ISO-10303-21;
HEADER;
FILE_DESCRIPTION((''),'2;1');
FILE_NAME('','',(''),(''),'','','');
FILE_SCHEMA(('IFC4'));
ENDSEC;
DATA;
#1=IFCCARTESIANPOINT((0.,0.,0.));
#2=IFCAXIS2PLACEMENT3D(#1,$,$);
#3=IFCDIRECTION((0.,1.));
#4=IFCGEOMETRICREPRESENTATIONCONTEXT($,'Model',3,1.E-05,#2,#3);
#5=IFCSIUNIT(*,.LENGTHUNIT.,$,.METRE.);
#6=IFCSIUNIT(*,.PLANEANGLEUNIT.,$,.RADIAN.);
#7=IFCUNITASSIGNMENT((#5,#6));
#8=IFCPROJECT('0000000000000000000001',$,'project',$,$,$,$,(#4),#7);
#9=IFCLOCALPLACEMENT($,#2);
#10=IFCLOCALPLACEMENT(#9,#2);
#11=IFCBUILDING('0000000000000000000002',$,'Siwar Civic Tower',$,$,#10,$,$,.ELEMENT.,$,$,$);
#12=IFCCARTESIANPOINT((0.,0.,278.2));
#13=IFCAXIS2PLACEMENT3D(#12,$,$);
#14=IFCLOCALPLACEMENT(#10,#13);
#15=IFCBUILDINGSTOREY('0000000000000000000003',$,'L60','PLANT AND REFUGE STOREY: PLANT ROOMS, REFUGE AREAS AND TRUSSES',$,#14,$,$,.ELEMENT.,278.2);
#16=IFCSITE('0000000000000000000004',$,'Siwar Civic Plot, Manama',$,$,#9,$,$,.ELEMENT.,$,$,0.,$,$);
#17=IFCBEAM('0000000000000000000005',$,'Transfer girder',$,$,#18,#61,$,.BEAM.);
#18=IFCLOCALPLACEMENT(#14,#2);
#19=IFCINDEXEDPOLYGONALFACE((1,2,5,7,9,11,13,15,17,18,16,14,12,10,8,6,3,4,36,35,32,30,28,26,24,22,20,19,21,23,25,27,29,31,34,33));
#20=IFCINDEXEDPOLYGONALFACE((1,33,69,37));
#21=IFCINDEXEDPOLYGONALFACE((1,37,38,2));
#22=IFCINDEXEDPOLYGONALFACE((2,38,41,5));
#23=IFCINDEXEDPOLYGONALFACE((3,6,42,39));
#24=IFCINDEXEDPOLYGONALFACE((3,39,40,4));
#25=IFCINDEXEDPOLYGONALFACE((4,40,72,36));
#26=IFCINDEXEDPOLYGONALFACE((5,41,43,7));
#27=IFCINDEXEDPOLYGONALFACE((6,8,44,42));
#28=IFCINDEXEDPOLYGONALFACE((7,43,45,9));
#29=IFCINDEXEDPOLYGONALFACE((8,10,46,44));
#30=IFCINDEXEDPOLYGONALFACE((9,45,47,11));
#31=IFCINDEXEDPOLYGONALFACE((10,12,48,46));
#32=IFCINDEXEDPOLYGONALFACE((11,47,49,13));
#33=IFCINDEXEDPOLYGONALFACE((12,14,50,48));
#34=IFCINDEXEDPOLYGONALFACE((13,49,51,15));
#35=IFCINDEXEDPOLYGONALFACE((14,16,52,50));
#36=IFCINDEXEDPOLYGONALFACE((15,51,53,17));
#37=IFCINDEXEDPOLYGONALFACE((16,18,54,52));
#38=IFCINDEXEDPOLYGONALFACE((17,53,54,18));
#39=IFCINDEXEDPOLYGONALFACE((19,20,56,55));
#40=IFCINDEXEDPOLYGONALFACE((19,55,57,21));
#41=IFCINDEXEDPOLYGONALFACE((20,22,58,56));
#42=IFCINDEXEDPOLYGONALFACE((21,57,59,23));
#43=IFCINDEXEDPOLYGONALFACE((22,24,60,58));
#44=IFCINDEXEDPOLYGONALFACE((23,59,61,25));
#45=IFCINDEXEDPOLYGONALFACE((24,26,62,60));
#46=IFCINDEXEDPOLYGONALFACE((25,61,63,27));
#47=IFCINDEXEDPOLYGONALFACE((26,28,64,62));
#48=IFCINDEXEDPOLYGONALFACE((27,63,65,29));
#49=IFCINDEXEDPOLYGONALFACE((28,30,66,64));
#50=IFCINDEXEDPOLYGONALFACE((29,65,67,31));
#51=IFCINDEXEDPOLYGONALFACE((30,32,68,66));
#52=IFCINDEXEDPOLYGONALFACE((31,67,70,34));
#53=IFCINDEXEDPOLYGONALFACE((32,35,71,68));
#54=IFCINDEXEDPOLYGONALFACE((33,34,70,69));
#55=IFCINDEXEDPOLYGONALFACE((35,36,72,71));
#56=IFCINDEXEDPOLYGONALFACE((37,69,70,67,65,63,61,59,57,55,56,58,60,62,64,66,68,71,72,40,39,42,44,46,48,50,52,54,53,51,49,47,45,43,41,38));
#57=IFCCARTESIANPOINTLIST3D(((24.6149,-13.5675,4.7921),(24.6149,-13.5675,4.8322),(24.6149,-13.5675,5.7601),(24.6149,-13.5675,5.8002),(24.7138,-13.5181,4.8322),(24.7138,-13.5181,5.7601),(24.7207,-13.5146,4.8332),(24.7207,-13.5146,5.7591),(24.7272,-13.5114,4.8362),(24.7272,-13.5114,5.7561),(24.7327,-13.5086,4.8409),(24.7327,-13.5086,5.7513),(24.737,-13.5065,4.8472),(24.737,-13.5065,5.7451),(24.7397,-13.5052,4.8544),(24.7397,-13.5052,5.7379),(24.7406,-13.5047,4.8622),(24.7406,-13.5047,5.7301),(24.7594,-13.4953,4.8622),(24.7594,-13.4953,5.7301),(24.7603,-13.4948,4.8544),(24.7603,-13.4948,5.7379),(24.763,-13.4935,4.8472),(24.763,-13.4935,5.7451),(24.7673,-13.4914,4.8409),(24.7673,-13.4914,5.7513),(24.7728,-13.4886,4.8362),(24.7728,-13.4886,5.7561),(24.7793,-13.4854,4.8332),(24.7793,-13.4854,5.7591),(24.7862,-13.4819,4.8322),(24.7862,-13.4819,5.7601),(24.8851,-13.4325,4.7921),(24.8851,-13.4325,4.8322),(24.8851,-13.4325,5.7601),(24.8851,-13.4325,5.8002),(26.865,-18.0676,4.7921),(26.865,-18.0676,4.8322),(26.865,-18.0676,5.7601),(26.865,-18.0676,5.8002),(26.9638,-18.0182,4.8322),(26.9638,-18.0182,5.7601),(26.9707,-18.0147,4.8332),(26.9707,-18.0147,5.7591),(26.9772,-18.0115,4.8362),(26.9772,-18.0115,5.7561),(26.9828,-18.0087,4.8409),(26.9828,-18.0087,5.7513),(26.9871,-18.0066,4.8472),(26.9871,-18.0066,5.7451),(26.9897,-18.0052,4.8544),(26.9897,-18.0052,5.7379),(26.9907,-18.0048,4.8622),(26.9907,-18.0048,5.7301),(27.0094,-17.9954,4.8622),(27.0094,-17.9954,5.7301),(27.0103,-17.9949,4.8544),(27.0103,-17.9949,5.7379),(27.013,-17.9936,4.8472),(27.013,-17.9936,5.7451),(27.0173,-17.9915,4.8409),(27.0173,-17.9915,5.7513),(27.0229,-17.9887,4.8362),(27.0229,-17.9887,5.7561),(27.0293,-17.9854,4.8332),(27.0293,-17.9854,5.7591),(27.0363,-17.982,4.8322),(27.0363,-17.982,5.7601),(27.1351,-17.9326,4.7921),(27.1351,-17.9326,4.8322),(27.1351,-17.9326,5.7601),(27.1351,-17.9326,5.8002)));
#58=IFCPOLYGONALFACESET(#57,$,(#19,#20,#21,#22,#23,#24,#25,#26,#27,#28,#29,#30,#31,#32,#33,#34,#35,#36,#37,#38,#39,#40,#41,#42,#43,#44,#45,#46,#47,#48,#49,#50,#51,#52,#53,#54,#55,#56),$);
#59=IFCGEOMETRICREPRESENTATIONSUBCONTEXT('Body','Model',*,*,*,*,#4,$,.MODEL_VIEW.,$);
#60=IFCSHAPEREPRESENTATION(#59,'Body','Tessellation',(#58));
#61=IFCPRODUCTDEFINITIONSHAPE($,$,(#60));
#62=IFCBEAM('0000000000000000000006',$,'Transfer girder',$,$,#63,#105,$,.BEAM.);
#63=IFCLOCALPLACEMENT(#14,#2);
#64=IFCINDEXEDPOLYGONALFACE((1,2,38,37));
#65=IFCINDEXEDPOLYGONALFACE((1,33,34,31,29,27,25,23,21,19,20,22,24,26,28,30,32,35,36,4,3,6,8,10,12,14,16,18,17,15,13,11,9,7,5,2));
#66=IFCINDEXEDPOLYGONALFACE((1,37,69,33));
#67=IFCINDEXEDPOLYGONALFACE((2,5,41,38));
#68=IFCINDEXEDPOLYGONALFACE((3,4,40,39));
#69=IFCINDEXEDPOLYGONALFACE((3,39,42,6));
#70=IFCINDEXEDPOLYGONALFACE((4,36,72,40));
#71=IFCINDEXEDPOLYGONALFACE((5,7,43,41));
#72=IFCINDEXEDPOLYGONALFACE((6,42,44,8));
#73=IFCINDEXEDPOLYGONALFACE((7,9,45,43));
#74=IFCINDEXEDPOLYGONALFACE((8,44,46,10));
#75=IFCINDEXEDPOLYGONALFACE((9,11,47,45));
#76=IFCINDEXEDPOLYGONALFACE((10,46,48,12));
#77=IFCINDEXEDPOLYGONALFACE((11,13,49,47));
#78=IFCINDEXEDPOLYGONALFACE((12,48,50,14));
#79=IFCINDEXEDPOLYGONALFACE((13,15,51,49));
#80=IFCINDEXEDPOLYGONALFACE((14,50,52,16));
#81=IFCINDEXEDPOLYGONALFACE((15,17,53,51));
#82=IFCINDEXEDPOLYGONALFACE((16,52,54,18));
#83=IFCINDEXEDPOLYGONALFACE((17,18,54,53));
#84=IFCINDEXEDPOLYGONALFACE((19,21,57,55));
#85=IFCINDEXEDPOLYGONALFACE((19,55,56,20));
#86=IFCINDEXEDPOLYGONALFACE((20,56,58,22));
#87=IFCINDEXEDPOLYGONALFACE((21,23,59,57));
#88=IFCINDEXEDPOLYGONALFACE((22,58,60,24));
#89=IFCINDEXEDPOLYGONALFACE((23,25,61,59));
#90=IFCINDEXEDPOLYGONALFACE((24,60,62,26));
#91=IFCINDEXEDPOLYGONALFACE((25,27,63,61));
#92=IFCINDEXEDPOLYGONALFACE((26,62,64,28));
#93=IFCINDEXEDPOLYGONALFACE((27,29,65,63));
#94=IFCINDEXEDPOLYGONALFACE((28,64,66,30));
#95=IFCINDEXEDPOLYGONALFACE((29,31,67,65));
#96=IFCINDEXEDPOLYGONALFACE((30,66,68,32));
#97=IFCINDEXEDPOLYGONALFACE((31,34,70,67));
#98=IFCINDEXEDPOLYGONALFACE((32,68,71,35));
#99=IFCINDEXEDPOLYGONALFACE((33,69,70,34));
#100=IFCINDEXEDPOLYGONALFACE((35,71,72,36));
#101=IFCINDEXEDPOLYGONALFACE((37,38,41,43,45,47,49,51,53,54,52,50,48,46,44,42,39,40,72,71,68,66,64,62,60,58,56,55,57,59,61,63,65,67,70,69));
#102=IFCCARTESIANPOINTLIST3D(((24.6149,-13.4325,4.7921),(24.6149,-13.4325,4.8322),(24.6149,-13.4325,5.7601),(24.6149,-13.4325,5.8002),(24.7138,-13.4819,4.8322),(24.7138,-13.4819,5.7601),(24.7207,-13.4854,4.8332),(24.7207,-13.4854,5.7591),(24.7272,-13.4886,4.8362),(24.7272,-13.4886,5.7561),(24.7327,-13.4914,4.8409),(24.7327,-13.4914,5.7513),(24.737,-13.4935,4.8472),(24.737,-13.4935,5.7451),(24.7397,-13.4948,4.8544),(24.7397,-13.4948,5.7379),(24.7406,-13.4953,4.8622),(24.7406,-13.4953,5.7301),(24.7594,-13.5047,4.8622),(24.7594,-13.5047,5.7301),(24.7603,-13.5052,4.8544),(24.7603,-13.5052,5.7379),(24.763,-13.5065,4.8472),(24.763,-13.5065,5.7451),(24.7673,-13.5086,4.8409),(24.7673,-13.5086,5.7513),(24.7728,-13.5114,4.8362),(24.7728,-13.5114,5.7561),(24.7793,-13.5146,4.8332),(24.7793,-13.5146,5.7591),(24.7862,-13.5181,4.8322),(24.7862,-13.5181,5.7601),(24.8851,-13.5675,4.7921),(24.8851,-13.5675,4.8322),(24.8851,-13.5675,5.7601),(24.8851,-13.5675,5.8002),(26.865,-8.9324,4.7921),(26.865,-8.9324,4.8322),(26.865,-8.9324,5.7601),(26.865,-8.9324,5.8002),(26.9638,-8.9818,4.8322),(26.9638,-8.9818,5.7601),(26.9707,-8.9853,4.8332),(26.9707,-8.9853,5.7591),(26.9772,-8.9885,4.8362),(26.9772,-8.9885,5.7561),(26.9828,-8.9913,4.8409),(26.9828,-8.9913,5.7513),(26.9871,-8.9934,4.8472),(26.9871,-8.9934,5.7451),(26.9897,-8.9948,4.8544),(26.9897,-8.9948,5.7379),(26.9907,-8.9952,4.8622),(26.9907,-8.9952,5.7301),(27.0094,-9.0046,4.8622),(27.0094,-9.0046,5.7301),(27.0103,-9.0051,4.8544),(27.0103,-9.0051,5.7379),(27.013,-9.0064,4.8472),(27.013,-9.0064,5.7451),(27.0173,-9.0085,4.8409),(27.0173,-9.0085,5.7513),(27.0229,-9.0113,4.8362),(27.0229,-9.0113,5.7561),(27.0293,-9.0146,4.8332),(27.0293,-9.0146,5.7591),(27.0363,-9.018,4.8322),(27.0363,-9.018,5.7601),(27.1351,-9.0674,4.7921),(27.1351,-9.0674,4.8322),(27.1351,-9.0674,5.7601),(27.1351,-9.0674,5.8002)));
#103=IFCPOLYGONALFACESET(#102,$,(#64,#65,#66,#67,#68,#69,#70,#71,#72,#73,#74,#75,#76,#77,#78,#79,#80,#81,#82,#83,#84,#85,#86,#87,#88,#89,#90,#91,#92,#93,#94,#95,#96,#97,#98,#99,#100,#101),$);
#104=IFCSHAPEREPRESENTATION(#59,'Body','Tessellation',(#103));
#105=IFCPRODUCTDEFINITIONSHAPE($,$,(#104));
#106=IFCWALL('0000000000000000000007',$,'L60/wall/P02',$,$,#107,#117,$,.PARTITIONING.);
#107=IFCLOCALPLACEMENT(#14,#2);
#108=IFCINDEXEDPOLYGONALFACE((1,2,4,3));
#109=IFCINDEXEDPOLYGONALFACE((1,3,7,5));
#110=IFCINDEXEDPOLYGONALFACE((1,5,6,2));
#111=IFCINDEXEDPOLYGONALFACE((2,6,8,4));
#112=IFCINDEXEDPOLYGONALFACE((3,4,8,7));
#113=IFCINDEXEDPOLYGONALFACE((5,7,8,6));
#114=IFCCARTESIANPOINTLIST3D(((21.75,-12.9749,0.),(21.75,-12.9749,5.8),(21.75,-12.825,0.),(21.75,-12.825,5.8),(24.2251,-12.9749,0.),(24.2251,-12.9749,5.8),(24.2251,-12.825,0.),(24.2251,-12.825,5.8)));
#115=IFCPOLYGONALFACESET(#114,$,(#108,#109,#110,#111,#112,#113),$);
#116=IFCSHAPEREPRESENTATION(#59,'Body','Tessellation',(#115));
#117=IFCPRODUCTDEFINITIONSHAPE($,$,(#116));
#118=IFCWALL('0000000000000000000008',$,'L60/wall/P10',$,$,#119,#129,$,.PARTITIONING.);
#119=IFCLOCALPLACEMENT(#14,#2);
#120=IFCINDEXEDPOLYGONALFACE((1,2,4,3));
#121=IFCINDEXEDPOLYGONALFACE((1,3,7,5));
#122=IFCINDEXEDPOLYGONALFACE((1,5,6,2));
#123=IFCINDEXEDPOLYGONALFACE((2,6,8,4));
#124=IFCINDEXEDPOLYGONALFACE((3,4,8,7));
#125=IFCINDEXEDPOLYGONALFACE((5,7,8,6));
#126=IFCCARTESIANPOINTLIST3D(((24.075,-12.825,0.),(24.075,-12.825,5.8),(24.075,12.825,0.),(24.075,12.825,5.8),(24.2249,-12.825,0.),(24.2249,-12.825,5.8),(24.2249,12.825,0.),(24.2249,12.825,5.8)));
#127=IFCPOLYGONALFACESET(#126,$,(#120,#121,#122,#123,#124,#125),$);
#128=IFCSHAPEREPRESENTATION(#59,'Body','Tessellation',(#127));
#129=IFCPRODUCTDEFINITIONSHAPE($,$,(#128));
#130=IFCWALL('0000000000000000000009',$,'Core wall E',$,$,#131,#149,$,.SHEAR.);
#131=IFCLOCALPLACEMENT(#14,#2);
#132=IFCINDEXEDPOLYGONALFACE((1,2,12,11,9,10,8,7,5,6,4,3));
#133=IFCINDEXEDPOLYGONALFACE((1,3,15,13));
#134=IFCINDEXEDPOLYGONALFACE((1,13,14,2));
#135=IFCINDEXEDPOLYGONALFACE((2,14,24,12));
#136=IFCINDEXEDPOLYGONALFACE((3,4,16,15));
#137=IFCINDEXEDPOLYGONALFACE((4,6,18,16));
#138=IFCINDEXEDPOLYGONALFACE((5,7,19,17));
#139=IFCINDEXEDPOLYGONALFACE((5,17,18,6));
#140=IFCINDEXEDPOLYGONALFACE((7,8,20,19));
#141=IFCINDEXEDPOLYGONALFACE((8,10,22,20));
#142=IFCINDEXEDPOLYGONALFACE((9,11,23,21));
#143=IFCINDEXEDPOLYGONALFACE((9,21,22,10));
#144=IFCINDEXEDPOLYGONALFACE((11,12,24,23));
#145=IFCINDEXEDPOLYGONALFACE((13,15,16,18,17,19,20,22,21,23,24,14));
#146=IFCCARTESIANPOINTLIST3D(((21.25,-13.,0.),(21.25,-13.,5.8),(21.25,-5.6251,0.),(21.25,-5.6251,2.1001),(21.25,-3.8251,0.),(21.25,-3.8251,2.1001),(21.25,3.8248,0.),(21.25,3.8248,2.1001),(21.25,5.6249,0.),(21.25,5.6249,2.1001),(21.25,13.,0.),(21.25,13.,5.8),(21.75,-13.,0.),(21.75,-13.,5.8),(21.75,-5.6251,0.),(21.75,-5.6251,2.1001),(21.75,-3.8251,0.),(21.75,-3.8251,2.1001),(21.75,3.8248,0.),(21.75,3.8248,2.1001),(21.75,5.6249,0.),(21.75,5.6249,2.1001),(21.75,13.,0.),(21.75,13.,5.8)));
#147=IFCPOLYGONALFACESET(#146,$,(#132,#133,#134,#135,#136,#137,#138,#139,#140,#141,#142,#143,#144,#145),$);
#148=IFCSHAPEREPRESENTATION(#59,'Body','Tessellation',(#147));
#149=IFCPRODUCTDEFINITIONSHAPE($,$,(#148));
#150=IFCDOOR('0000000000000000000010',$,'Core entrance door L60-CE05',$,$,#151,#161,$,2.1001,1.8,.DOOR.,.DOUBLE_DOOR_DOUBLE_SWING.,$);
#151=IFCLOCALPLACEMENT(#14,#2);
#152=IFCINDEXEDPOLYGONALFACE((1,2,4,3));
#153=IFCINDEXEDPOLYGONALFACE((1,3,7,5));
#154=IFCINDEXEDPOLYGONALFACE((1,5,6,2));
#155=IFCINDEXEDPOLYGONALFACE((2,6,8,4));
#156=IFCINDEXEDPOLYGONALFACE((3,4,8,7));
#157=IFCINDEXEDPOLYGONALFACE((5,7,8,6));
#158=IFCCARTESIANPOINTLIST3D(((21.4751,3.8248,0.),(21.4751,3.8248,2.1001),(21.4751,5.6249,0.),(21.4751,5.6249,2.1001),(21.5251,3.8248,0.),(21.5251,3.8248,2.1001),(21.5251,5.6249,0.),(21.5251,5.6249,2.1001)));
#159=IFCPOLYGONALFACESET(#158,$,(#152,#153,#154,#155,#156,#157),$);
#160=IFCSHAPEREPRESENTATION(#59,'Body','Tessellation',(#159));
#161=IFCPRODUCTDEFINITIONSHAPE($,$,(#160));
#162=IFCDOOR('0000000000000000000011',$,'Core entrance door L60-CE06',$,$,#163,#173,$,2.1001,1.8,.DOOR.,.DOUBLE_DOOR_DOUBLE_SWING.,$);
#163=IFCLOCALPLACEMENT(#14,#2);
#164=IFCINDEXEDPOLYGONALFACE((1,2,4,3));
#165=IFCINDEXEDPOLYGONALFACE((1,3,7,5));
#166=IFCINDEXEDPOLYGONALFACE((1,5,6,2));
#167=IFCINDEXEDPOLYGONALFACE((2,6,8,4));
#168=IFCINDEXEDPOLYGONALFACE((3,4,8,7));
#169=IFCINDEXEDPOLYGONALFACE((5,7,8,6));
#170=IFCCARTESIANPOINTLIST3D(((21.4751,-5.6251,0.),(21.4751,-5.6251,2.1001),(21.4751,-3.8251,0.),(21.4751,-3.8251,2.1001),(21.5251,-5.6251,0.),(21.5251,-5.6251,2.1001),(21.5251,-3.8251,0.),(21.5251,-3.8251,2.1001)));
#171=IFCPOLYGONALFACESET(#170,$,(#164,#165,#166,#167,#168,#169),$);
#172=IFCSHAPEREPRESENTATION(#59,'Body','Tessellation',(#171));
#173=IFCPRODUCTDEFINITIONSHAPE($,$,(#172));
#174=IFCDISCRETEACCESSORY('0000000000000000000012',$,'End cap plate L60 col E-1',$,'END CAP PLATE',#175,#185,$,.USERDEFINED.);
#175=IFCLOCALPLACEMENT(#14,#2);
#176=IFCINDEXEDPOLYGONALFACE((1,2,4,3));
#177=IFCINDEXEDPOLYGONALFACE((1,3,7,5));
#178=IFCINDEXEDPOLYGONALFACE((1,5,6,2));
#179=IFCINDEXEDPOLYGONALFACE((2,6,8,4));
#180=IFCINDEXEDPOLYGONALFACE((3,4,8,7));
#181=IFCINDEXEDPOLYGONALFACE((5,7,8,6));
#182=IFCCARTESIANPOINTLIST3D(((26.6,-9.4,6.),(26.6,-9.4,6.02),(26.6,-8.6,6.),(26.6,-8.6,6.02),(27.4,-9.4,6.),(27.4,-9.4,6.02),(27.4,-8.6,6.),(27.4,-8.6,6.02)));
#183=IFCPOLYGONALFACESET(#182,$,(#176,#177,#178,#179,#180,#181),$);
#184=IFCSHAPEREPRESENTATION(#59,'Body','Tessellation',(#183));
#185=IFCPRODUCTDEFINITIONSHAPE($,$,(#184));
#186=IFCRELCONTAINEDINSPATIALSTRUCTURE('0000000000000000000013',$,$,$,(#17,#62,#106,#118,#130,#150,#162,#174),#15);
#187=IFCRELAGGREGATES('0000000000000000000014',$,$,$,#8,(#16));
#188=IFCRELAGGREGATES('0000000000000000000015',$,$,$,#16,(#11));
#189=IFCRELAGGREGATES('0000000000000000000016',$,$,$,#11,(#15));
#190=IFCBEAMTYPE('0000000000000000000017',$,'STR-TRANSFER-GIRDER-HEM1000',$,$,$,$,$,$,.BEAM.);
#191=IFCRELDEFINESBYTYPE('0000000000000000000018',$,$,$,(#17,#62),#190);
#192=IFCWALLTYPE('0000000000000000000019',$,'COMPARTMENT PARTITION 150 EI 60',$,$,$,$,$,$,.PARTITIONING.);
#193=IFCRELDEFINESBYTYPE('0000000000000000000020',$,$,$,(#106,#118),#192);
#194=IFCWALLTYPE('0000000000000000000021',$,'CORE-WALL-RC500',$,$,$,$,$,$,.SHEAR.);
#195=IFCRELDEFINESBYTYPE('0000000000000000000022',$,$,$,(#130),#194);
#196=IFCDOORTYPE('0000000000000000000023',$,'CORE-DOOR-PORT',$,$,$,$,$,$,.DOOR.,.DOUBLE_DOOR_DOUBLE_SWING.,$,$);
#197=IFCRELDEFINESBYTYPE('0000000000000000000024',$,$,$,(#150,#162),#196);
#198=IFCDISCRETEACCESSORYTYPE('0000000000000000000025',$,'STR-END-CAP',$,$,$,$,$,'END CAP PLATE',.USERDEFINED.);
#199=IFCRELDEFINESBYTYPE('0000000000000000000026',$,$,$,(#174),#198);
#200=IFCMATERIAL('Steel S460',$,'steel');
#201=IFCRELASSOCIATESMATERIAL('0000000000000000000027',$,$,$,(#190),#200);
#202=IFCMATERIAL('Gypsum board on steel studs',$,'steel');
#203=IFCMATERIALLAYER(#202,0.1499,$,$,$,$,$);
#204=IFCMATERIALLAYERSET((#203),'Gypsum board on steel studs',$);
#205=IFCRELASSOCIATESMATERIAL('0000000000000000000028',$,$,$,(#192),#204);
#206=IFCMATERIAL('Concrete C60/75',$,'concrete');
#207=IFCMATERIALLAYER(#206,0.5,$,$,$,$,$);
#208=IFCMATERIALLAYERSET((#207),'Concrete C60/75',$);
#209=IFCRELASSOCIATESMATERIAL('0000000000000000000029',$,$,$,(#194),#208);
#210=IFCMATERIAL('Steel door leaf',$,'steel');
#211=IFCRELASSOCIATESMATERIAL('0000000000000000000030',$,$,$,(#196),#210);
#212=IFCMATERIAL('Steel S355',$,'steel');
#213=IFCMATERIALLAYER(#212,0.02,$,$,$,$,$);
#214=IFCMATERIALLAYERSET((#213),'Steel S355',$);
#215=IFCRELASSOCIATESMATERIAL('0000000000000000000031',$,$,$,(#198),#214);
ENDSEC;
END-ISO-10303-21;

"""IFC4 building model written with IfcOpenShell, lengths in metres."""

from ifc_helpers import new_model, si_unit, direction, frame, frame_2d, origin, origin_2d, place, context, subcontext, project, spatial, rectangle, i_section, extrude, material, layer, layer_set, material_profile, profile_set, type_object, element, fill, save


model = new_model("IFC4")

# Units and contexts
model_context = context("Model", 3, precision=1e-05, world=origin(), true_north=direction((0.0, 1.0)))
body_context = subcontext(model_context, "Body", "Model", "MODEL_VIEW")
ifc_project = project(units=[si_unit("LENGTHUNIT", "METRE"), si_unit("PLANEANGLEUNIT", "RADIAN")], contexts=[model_context])

# Site, building, storey
site_placement = place(None, origin())
site = spatial("IfcSite", under=ifc_project, at=site_placement, Name="Siwar Civic Plot, Manama", CompositionType="ELEMENT", RefElevation=0.0)
building_placement = place(site_placement, origin())
building = spatial("IfcBuilding", under=site, at=building_placement, Name="Siwar Civic Tower", CompositionType="ELEMENT")
storey_placement = place(building_placement, frame((0.0, 0.0, 278.2)))
storey = spatial("IfcBuildingStorey", under=building, at=storey_placement, Name="L60", Description="PLANT AND REFUGE STOREY: PLANT ROOMS, REFUGE AREAS AND TRUSSES", CompositionType="ELEMENT", Elevation=278.2)

# Beams
ifc_material_1 = material(Name="Steel S460", Category="steel")
ifc_material_profile_1 = material_profile(ifc_material_1, i_section(OverallWidth=0.302, OverallDepth=1.0081, WebThickness=0.021, FlangeThickness=0.04, FilletRadius=0.03, at=origin_2d()), Name="HEM1000")
ifc_profile_set_1 = profile_set([ifc_material_profile_1], Name="Steel S460")
beam_type_1 = type_object("IfcBeamType", Name="STR-TRANSFER-GIRDER-HEM1000", PredefinedType="BEAM", material=ifc_profile_set_1)
for number, where, z_axis, x_axis, name in (
    (1, (24.75, -13.5, 5.2961), (0.447214, -0.894427, 0.0), (0.894427, 0.447214, 0.0), "Transfer girder"),
    (2, (24.75, -13.5, 5.2961), (0.447214, 0.894427, 0.0), (-0.894427, 0.447214, 0.0), "Transfer girder"),
):
    element("IfcBeam", number, at=place(storey_placement, frame(where, z_axis=z_axis, x_axis=x_axis)), inside=storey, type_object=beam_type_1, Name=name, PredefinedType="BEAM", context=body_context, shape_type="SweptSolid", body=[
        extrude(i_section(OverallWidth=0.302, OverallDepth=1.0081, WebThickness=0.021, FlangeThickness=0.04, FilletRadius=0.03, at=origin_2d()), origin(), (0.0, 0.0, 1.0), 5.0312),
    ])

# Walls
ifc_material_2 = material(Name="Gypsum board on steel studs", Category="steel")
ifc_layer_1 = layer(ifc_material_2, 0.1499)
ifc_layer_set_1 = layer_set([ifc_layer_1], Name="Gypsum board on steel studs")
wall_type_1 = type_object("IfcWallType", Name="COMPARTMENT PARTITION 150 EI 60", PredefinedType="PARTITIONING", material=ifc_layer_set_1)
wall_1_placement = place(storey_placement, frame((21.75, -12.8999, 0.0), z_axis=(0.0, 0.0, 1.0), x_axis=(1.0, 0.0, 0.0)))
element("IfcWall", 3, at=wall_1_placement, inside=storey, type_object=wall_type_1, Name="L60/wall/P02", PredefinedType="PARTITIONING", context=body_context, shape_type="SweptSolid", body=[
    extrude(rectangle(XDim=2.4751, YDim=0.1499, at=frame_2d((1.2375, 0.0))), origin(), (0.0, 0.0, 1.0), 5.8),
])
wall_2_placement = place(storey_placement, frame((24.1499, -12.825, 0.0), z_axis=(0.0, 0.0, 1.0), x_axis=(0.0, 1.0, 0.0)))
element("IfcWall", 4, at=wall_2_placement, inside=storey, type_object=wall_type_1, Name="L60/wall/P10", PredefinedType="PARTITIONING", context=body_context, shape_type="SweptSolid", body=[
    extrude(rectangle(XDim=25.6499, YDim=0.1499, at=frame_2d((12.825, 0.0))), origin(), (0.0, 0.0, 1.0), 5.8),
])

# Wall, openings, doors
ifc_material_3 = material(Name="Concrete C60/75", Category="concrete")
ifc_layer_2 = layer(ifc_material_3, 0.5)
ifc_layer_set_2 = layer_set([ifc_layer_2], Name="Concrete C60/75")
wall_type_2 = type_object("IfcWallType", Name="CORE-WALL-RC500", PredefinedType="SHEAR", material=ifc_layer_set_2)
wall_3_placement = place(storey_placement, frame((21.5, -13.0, 0.0), z_axis=(0.0, 0.0, 1.0), x_axis=(0.0, 1.0, 0.0)))
wall_3 = element("IfcWall", 5, at=wall_3_placement, inside=storey, type_object=wall_type_2, Name="Core wall E", PredefinedType="SHEAR", context=body_context, shape_type="SweptSolid", body=[
    extrude(rectangle(XDim=26.0, YDim=0.5, at=frame_2d((13.0, 0.0))), origin(), (0.0, 0.0, 1.0), 5.8),
])
opening_1_placement = place(wall_3_placement, frame((16.825, 0.0, 0.0)))
opening_1 = element("IfcOpeningElement", 6, at=opening_1_placement, cuts=wall_3, PredefinedType="OPENING", context=body_context, shape_type="SweptSolid", body=[
    extrude(rectangle(XDim=1.8, YDim=2.1001, at=frame_2d((0.8999, 1.05))), frame((0.0, 0.26, 0.0), z_axis=(0.0, -1.0, 0.0), x_axis=(1.0, 0.0, 0.0)), (0.0, 0.0, 1.0), 0.52),
])
opening_2_placement = place(wall_3_placement, frame((7.375, 0.0, 0.0)))
opening_2 = element("IfcOpeningElement", 7, at=opening_2_placement, cuts=wall_3, PredefinedType="OPENING", context=body_context, shape_type="SweptSolid", body=[
    extrude(rectangle(XDim=1.8, YDim=2.1001, at=frame_2d((0.8999, 1.05))), frame((0.0, 0.26, 0.0), z_axis=(0.0, -1.0, 0.0), x_axis=(1.0, 0.0, 0.0)), (0.0, 0.0, 1.0), 0.52),
])
ifc_material_4 = material(Name="Steel door leaf", Category="steel")
door_type = type_object("IfcDoorType", Name="CORE-DOOR-PORT", OperationType="DOUBLE_DOOR_DOUBLE_SWING", PredefinedType="DOOR", material=ifc_material_4)
door_1_placement = place(opening_1_placement, origin())
door_1 = element("IfcDoor", 8, at=door_1_placement, inside=storey, type_object=door_type, Name="Core entrance door L60-CE05", OperationType="DOUBLE_DOOR_DOUBLE_SWING", OverallHeight=2.1001, OverallWidth=1.8, PredefinedType="DOOR", context=body_context, shape_type="SweptSolid", body=[
    extrude(rectangle(XDim=1.8, YDim=2.1001, at=frame_2d((0.8999, 1.05))), frame((0.0, 0.0249, 0.0), z_axis=(0.0, -1.0, 0.0), x_axis=(1.0, 0.0, 0.0)), (0.0, 0.0, 1.0), 0.05),
])
fill(opening_1, door_1)
door_2_placement = place(opening_2_placement, origin())
door_2 = element("IfcDoor", 9, at=door_2_placement, inside=storey, type_object=door_type, Name="Core entrance door L60-CE06", OperationType="DOUBLE_DOOR_DOUBLE_SWING", OverallHeight=2.1001, OverallWidth=1.8, PredefinedType="DOOR", context=body_context, shape_type="SweptSolid", body=[
    extrude(rectangle(XDim=1.8, YDim=2.1001, at=frame_2d((0.8999, 1.05))), frame((0.0, 0.0249, 0.0), z_axis=(0.0, -1.0, 0.0), x_axis=(1.0, 0.0, 0.0)), (0.0, 0.0, 1.0), 0.05),
])
fill(opening_2, door_2)

# Discrete accessory
ifc_material_5 = material(Name="Steel S355", Category="steel")
ifc_layer_3 = layer(ifc_material_5, 0.02)
ifc_layer_set_3 = layer_set([ifc_layer_3], Name="Steel S355")
discrete_accessory_type = type_object("IfcDiscreteAccessoryType", Name="STR-END-CAP", ElementType="END CAP PLATE", PredefinedType="USERDEFINED", material=ifc_layer_set_3)
discrete_accessory_placement = place(storey_placement, frame((27.0, -9.0, 6.0), z_axis=(0.0, 0.0, 1.0), x_axis=(1.0, 0.0, 0.0)))
element("IfcDiscreteAccessory", 10, at=discrete_accessory_placement, inside=storey, type_object=discrete_accessory_type, Name="End cap plate L60 col E-1", ObjectType="END CAP PLATE", PredefinedType="USERDEFINED", context=body_context, shape_type="SweptSolid", body=[
    extrude(rectangle(XDim=0.8, YDim=0.8, at=origin_2d()), origin(), (0.0, 0.0, 1.0), 0.02),
])

save(model, "model.ifc")
